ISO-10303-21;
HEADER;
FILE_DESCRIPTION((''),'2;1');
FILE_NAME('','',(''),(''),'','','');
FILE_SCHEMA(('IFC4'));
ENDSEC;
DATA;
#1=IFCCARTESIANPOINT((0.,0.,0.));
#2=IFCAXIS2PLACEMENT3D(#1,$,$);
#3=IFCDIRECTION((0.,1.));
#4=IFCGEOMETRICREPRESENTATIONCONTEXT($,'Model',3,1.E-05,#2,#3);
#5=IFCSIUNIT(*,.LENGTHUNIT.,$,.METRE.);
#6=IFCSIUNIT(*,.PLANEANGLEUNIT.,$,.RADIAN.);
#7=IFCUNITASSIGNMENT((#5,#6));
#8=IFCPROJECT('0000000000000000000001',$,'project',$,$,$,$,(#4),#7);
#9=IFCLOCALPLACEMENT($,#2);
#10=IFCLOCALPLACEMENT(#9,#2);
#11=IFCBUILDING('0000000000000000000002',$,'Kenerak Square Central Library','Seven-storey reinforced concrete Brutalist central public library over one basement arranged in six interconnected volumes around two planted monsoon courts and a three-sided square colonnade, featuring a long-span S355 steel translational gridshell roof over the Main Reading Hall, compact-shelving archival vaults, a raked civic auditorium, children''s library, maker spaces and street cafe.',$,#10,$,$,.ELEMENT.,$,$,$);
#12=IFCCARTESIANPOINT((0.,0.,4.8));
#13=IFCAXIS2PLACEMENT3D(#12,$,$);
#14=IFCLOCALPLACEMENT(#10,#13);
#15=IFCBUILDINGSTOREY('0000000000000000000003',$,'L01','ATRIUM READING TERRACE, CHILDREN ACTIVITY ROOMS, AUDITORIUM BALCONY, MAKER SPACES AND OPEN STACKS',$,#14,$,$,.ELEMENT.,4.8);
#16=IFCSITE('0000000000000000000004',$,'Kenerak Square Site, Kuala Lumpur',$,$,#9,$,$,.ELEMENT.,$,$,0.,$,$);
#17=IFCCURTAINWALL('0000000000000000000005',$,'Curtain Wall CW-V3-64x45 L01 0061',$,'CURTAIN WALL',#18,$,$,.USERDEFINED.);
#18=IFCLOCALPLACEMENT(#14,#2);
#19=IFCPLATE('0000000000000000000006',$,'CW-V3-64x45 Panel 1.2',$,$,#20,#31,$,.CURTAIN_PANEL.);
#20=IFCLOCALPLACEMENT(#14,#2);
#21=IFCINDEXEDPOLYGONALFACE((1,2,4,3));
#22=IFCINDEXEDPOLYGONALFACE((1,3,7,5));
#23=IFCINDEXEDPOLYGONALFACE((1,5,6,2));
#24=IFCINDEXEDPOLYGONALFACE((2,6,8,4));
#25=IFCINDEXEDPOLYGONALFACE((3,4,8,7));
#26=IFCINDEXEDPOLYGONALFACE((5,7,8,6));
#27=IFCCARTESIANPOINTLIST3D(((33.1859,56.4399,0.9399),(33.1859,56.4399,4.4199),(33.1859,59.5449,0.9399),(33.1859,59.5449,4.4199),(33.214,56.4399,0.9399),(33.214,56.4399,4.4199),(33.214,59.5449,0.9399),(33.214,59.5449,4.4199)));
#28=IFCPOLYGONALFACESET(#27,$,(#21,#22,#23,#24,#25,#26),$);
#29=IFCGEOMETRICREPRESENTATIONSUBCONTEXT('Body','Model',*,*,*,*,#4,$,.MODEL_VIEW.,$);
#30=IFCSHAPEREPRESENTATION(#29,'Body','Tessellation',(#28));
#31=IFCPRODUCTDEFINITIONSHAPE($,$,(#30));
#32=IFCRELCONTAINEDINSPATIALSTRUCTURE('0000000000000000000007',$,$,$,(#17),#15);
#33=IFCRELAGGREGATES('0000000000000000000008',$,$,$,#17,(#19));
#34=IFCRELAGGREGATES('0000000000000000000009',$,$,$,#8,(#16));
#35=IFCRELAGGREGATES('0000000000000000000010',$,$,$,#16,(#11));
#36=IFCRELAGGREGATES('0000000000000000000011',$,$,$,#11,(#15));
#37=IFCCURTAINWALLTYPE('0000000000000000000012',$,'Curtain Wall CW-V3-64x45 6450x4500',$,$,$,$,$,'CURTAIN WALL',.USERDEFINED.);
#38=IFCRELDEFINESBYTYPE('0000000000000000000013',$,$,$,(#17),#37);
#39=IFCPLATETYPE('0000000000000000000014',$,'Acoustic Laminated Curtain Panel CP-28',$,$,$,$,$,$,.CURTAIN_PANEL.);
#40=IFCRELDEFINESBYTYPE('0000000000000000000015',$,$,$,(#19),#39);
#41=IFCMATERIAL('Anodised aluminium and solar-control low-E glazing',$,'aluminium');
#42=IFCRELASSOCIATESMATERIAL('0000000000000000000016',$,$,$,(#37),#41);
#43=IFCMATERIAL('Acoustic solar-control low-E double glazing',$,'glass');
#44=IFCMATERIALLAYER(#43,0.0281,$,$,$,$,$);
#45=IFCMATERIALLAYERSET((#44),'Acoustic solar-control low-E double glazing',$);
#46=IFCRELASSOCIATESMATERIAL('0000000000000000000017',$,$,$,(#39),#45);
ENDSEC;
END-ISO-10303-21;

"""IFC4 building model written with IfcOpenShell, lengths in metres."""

from ifc_helpers import new_model, si_unit, direction, frame, origin, origin_2d, place, context, subcontext, project, spatial, rectangle, extrude, material, layer, layer_set, type_object, element, aggregate, save


model = new_model("IFC4")

# Units and contexts
model_context = context("Model", 3, precision=1e-05, world=origin(), true_north=direction((0.0, 1.0)))
body_context = subcontext(model_context, "Body", "Model", "MODEL_VIEW")
ifc_project = project(units=[si_unit("LENGTHUNIT", "METRE"), si_unit("PLANEANGLEUNIT", "RADIAN")], contexts=[model_context])

# Site, building, storey
site_placement = place(None, origin())
site = spatial("IfcSite", under=ifc_project, at=site_placement, Name="Kenerak Square Site, Kuala Lumpur", CompositionType="ELEMENT", RefElevation=0.0)
building_placement = place(site_placement, origin())
building = spatial("IfcBuilding", under=site, at=building_placement, Name="Kenerak Square Central Library", Description="Seven-storey reinforced concrete Brutalist central public library over one basement arranged in six interconnected volumes around two planted monsoon courts and a three-sided square colonnade, featuring a long-span S355 steel translational gridshell roof over the Main Reading Hall, compact-shelving archival vaults, a raked civic auditorium, children's library, maker spaces and street cafe.", CompositionType="ELEMENT")
storey_placement = place(building_placement, frame((0.0, 0.0, 4.8)))
storey = spatial("IfcBuildingStorey", under=building, at=storey_placement, Name="L01", Description="ATRIUM READING TERRACE, CHILDREN ACTIVITY ROOMS, AUDITORIUM BALCONY, MAKER SPACES AND OPEN STACKS", CompositionType="ELEMENT", Elevation=4.8)

# Shared definitions
ifc_material_1 = material(Name="Anodised aluminium and solar-control low-E glazing", Category="aluminium")

# Curtain wall
curtain_wall_type_1 = type_object("IfcCurtainWallType", Name="Curtain Wall CW-V3-64x45 6450x4500", ElementType="CURTAIN WALL", PredefinedType="USERDEFINED", material=ifc_material_1)
curtain_wall_1_placement = place(storey_placement, origin())
curtain_wall_1 = element("IfcCurtainWall", 1, at=curtain_wall_1_placement, inside=storey, type_object=curtain_wall_type_1, Name="Curtain Wall CW-V3-64x45 L01 0061", ObjectType="CURTAIN WALL", PredefinedType="USERDEFINED")

# Plate
ifc_material_2 = material(Name="Acoustic solar-control low-E double glazing", Category="glass")
ifc_layer = layer(ifc_material_2, 0.0281)
ifc_layer_set = layer_set([ifc_layer], Name="Acoustic solar-control low-E double glazing")
plate_type = type_object("IfcPlateType", Name="Acoustic Laminated Curtain Panel CP-28", PredefinedType="CURTAIN_PANEL", material=ifc_layer_set)
plate_1_placement = place(storey_placement, frame((33.2, 57.9924, 0.9399), z_axis=(0.0, 0.0, 1.0), x_axis=(0.0, -1.0, 0.0)))
plate_1 = element("IfcPlate", 2, at=plate_1_placement, type_object=plate_type, Name="CW-V3-64x45 Panel 1.2", PredefinedType="CURTAIN_PANEL", context=body_context, shape_type="SweptSolid", body=[
    extrude(rectangle(XDim=3.105, YDim=0.0281, at=origin_2d()), origin(), (0.0, 0.0, 1.0), 3.48),
])
aggregate(curtain_wall_1, [plate_1])

save(model, "model.ifc")
